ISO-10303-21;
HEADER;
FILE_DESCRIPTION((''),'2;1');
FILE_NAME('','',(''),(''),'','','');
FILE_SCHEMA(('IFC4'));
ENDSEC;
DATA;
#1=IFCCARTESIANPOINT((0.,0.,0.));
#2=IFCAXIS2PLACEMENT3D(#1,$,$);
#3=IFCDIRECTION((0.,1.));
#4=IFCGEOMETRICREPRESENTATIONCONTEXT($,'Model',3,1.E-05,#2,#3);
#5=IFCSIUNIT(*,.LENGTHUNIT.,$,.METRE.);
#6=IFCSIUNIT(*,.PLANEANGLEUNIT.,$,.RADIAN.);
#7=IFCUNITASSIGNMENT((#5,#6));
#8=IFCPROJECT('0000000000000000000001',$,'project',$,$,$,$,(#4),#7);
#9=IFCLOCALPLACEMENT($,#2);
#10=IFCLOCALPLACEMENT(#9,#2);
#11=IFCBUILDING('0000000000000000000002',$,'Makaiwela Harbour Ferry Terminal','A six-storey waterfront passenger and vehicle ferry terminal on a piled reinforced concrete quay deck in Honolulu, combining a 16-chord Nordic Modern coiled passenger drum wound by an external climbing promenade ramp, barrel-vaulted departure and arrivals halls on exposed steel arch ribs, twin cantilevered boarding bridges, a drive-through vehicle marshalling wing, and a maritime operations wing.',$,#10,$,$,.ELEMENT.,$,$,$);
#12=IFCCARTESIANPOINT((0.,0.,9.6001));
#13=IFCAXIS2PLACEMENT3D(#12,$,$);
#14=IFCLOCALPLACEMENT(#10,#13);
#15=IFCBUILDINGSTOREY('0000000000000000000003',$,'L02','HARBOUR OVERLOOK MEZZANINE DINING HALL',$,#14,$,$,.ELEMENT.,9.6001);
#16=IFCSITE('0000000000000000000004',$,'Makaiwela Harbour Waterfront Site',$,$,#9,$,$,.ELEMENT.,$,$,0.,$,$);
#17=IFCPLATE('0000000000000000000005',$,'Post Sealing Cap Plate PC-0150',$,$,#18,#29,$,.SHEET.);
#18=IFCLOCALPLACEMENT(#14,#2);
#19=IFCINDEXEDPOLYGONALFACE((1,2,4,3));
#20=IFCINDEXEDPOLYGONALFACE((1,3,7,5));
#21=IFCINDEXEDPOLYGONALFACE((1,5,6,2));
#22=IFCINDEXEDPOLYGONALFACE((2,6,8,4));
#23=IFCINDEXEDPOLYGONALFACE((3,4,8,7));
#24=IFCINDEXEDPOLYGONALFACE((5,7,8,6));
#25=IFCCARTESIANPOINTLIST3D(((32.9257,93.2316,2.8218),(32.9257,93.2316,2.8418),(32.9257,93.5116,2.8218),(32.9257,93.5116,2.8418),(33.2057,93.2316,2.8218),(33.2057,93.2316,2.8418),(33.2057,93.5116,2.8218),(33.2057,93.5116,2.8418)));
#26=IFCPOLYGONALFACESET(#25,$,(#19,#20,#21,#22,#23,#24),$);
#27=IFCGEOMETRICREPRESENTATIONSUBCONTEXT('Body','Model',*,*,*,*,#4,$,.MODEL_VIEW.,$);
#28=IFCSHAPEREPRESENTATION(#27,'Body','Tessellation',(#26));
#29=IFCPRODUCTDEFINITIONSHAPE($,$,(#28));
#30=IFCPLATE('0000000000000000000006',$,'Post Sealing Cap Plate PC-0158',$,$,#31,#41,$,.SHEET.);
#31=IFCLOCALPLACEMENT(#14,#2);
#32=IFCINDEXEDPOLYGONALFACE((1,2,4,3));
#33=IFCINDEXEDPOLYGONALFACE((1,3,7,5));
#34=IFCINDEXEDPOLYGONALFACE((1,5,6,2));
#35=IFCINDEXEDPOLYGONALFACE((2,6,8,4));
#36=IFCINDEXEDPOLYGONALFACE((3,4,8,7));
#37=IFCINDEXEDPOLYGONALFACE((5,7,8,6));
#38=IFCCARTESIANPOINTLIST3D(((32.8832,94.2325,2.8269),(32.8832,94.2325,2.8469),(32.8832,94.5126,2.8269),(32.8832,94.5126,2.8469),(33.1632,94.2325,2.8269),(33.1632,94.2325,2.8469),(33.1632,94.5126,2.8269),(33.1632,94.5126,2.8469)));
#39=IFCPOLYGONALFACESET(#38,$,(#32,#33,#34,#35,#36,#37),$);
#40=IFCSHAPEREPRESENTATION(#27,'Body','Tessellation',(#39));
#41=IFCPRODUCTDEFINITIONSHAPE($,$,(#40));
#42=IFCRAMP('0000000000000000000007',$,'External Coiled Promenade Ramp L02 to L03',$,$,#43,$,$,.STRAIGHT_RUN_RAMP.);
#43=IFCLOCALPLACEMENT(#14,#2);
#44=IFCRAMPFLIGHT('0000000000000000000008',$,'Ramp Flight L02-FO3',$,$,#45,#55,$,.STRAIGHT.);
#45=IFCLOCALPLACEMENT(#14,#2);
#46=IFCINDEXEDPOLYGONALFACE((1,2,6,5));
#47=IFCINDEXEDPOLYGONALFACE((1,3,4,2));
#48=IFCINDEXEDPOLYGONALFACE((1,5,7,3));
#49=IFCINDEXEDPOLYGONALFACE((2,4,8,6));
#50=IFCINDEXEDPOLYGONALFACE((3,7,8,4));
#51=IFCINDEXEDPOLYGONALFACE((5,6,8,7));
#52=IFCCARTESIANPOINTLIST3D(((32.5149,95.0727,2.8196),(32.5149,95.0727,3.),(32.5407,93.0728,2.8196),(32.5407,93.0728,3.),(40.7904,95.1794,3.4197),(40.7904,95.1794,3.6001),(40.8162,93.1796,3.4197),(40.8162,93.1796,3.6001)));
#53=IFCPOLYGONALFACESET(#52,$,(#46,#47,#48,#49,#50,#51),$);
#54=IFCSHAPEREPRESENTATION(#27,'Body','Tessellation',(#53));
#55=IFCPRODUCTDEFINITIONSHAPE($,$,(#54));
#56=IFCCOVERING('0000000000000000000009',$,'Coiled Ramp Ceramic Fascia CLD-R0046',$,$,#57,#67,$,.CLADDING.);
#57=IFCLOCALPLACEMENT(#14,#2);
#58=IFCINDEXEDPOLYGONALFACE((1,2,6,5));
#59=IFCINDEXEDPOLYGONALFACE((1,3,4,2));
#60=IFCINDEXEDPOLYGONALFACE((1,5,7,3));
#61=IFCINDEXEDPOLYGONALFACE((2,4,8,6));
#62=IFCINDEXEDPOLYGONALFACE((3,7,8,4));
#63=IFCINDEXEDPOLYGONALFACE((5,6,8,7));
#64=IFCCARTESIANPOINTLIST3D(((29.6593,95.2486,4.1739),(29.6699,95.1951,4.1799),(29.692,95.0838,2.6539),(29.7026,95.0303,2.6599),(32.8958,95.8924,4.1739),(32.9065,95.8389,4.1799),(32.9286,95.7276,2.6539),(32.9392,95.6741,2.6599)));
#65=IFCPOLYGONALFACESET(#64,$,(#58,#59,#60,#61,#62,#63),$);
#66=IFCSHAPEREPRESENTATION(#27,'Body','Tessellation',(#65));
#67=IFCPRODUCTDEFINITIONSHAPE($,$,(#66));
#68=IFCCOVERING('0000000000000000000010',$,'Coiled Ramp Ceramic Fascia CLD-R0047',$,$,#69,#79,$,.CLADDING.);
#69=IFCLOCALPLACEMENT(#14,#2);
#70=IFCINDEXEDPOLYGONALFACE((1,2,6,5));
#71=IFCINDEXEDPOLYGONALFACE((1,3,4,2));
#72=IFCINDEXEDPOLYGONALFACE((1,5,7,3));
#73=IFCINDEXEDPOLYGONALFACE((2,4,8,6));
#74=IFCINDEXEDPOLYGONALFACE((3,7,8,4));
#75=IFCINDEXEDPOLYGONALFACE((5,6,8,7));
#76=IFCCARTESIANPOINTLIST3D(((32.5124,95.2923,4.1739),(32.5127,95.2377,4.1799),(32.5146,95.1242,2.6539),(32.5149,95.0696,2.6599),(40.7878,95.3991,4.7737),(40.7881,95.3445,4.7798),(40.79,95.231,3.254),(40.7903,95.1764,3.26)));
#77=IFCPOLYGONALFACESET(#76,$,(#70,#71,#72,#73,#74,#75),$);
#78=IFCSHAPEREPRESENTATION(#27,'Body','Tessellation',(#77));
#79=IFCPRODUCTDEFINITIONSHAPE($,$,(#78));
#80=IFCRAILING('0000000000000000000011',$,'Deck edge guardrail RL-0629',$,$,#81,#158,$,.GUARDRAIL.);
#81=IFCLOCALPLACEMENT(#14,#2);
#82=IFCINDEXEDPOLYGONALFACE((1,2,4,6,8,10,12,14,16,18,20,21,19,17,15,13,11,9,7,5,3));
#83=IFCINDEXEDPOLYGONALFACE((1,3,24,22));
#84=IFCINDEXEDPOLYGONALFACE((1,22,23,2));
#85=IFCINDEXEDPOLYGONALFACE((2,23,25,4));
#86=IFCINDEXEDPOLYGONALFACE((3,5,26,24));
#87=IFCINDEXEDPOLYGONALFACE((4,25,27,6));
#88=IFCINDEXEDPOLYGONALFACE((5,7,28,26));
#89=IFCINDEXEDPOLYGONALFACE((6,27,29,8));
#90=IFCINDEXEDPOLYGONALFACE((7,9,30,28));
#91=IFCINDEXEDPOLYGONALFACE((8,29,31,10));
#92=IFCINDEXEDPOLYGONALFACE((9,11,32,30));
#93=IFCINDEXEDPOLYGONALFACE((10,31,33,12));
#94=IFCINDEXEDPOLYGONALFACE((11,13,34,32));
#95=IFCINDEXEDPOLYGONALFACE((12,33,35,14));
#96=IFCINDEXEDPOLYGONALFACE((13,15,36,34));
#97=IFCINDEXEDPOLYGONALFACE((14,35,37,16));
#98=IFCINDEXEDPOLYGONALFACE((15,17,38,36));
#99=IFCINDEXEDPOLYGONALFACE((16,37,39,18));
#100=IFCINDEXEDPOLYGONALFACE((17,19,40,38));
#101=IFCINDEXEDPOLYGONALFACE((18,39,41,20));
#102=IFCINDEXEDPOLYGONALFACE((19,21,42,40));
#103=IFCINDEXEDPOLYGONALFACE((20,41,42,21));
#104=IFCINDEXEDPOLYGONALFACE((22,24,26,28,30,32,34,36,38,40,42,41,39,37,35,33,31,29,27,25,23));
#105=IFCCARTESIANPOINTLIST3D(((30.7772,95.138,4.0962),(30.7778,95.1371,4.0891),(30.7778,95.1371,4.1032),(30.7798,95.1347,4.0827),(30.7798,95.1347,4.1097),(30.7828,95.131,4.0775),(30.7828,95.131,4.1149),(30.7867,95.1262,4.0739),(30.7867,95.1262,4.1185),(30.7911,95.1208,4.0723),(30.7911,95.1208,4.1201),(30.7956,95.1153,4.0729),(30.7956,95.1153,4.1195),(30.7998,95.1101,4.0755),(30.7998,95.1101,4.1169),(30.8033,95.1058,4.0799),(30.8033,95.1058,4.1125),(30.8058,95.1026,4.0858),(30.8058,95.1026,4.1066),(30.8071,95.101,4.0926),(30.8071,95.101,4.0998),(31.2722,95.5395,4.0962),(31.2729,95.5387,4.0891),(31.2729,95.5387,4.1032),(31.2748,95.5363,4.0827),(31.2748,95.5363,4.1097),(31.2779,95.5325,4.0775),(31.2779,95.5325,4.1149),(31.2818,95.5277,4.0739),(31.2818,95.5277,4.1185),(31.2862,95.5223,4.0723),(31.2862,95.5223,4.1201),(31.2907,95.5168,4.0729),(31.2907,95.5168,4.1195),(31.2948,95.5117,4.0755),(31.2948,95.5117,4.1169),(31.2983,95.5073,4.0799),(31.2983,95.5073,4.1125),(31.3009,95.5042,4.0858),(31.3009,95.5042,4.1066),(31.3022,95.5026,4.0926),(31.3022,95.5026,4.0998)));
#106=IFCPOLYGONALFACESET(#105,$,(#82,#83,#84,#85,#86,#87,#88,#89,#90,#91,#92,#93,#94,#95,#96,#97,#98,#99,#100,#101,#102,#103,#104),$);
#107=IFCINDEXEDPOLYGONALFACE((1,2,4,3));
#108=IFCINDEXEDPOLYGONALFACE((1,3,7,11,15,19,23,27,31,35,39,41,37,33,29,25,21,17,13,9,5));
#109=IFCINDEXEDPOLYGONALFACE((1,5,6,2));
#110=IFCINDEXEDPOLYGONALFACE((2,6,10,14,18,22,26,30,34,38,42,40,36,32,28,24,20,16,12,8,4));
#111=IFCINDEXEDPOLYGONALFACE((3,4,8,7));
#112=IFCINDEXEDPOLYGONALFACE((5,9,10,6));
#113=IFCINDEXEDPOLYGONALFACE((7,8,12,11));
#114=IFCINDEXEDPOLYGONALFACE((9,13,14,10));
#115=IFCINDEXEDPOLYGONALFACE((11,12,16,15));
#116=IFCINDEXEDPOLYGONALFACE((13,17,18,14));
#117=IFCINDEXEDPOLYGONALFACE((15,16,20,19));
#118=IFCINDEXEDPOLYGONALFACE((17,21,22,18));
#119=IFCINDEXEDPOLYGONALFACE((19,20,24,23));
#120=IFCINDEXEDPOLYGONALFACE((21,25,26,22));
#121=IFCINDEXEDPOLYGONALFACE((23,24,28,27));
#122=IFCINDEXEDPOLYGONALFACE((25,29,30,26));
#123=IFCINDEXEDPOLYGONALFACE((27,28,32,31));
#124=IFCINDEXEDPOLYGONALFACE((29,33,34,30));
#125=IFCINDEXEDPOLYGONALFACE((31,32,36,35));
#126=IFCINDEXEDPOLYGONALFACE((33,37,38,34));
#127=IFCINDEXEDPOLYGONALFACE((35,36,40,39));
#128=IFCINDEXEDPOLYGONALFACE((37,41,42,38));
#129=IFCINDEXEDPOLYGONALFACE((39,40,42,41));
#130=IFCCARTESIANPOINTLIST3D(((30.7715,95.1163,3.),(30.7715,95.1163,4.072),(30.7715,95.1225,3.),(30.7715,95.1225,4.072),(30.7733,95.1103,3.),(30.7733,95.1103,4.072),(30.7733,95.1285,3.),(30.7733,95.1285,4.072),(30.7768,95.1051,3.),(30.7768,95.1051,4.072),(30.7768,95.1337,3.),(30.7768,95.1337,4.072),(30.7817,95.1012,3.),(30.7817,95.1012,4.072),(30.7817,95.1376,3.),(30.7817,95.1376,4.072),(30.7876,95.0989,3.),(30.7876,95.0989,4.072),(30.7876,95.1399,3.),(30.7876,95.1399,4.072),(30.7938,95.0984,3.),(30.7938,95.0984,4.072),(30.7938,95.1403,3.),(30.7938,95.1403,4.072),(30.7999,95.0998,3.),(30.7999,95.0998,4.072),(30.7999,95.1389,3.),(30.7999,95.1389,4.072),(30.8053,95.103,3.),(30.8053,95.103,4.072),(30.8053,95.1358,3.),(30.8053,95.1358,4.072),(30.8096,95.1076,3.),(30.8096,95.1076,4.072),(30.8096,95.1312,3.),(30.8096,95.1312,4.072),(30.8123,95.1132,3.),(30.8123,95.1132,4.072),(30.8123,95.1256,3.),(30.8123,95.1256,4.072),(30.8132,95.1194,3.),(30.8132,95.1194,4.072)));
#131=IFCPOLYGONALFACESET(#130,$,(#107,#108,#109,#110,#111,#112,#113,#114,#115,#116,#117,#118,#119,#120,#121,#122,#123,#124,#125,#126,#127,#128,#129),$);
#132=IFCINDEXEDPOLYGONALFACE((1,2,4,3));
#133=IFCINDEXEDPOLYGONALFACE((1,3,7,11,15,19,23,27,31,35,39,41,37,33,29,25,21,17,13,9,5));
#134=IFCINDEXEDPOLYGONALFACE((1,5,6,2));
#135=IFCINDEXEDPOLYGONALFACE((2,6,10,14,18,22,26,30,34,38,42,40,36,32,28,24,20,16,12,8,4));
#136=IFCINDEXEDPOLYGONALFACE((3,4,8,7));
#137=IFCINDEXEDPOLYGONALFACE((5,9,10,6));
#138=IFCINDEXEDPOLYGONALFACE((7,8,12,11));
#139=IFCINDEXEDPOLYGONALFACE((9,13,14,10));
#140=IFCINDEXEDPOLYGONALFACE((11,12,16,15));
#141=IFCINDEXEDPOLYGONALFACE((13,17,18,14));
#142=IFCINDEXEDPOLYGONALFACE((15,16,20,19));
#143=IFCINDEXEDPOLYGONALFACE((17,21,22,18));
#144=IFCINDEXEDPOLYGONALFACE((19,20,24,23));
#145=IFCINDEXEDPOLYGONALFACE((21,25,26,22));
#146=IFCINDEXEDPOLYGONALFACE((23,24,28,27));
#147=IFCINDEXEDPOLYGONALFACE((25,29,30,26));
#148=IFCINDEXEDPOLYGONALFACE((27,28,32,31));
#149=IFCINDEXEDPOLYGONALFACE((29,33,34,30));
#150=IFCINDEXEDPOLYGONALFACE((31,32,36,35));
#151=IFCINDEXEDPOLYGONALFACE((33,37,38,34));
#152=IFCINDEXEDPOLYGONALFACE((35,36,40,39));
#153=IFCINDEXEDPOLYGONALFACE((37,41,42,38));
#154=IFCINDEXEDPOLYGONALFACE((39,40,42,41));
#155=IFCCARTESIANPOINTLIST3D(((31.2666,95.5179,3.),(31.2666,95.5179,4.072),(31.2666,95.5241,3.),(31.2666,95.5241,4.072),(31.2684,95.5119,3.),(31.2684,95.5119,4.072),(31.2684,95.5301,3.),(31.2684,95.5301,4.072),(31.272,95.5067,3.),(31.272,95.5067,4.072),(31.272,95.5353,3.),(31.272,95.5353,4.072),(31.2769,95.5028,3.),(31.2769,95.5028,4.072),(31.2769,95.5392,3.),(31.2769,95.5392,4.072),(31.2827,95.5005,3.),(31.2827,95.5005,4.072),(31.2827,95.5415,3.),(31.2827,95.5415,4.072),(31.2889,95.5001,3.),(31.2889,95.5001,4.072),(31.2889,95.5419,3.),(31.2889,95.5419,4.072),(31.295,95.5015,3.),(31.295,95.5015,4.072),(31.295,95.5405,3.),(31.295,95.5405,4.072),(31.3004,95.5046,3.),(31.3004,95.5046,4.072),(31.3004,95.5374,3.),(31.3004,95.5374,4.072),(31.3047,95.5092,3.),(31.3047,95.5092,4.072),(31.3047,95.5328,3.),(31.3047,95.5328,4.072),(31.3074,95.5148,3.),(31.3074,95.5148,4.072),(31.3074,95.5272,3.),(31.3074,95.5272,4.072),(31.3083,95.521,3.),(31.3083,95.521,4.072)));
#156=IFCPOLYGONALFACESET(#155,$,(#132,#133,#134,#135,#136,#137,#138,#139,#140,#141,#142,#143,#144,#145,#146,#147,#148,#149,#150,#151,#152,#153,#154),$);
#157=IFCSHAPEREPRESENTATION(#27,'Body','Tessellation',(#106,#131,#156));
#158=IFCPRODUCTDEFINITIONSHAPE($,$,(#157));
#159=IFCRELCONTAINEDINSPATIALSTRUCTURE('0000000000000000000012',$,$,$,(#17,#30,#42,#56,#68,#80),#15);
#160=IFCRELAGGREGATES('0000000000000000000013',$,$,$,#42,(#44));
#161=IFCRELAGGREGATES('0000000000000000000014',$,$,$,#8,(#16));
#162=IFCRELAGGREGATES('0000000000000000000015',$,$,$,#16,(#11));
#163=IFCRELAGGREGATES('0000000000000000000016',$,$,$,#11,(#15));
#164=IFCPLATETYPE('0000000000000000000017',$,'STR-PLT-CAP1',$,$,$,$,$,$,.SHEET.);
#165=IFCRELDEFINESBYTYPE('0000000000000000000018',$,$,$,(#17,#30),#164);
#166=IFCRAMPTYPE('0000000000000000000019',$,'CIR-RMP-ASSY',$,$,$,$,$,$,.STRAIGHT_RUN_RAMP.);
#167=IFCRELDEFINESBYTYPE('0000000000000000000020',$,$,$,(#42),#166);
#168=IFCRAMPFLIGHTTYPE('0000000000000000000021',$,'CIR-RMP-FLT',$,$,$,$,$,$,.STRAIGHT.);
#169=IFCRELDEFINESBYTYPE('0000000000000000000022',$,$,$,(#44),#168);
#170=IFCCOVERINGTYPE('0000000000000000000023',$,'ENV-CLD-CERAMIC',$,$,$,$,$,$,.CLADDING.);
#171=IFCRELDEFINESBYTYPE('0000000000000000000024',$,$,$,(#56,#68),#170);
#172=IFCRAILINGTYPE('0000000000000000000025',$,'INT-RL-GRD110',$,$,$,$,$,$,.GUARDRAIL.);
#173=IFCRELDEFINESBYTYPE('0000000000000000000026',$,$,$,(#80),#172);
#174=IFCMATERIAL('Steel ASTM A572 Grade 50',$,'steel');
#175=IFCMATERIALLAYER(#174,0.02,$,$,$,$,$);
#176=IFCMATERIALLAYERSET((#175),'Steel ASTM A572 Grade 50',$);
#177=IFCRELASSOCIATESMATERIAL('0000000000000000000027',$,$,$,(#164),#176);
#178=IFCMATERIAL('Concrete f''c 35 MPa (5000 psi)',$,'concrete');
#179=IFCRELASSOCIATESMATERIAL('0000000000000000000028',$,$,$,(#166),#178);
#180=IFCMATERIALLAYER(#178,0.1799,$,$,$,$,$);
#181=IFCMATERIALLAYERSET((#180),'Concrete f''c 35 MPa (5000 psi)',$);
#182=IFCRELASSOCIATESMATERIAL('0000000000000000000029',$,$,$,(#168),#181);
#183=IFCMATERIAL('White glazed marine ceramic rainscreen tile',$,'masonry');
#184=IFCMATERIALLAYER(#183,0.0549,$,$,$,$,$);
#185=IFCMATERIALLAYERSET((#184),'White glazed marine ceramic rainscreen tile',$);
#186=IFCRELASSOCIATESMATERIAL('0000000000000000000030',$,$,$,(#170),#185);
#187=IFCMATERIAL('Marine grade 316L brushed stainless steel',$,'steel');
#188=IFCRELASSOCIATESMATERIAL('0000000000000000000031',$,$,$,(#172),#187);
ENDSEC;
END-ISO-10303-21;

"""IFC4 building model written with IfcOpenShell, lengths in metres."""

from ifc_helpers import new_model, si_unit, direction, frame, origin, origin_2d, place, context, subcontext, project, spatial, polyline, rectangle, circle, outline, extrude, material, layer, layer_set, type_object, element, aggregate, save


model = new_model("IFC4")

# Units and contexts
model_context = context("Model", 3, precision=1e-05, world=origin(), true_north=direction((0.0, 1.0)))
body_context = subcontext(model_context, "Body", "Model", "MODEL_VIEW")
ifc_project = project(units=[si_unit("LENGTHUNIT", "METRE"), si_unit("PLANEANGLEUNIT", "RADIAN")], contexts=[model_context])

# Site, building, storey
site_placement = place(None, origin())
site = spatial("IfcSite", under=ifc_project, at=site_placement, Name="Makaiwela Harbour Waterfront Site", CompositionType="ELEMENT", RefElevation=0.0)
building_placement = place(site_placement, origin())
building = spatial("IfcBuilding", under=site, at=building_placement, Name="Makaiwela Harbour Ferry Terminal", Description="A six-storey waterfront passenger and vehicle ferry terminal on a piled reinforced concrete quay deck in Honolulu, combining a 16-chord Nordic Modern coiled passenger drum wound by an external climbing promenade ramp, barrel-vaulted departure and arrivals halls on exposed steel arch ribs, twin cantilevered boarding bridges, a drive-through vehicle marshalling wing, and a maritime operations wing.", CompositionType="ELEMENT")
storey_placement = place(building_placement, frame((0.0, 0.0, 9.6001)))
storey = spatial("IfcBuildingStorey", under=building, at=storey_placement, Name="L02", Description="HARBOUR OVERLOOK MEZZANINE DINING HALL", CompositionType="ELEMENT", Elevation=9.6001)

# Plates
ifc_material_1 = material(Name="Steel ASTM A572 Grade 50", Category="steel")
ifc_layer_1 = layer(ifc_material_1, 0.02)
ifc_layer_set_1 = layer_set([ifc_layer_1], Name="Steel ASTM A572 Grade 50")
plate_type_1 = type_object("IfcPlateType", Name="STR-PLT-CAP1", PredefinedType="SHEET", material=ifc_layer_set_1)
for number, where, z_axis, x_axis, name in (
    (1, (33.0657, 93.3716, 2.8218), (0.0, 0.0, 1.0), (1.0, 0.0, 0.0), "Post Sealing Cap Plate PC-0150"),
    (2, (33.0232, 94.3726, 2.8269), (0.0, 0.0, 1.0), (1.0, 0.0, 0.0), "Post Sealing Cap Plate PC-0158"),
):
    element("IfcPlate", number, at=place(storey_placement, frame(where, z_axis=z_axis, x_axis=x_axis)), inside=storey, type_object=plate_type_1, Name=name, PredefinedType="SHEET", context=body_context, shape_type="SweptSolid", body=[
        extrude(rectangle(XDim=0.28, YDim=0.28, at=origin_2d()), origin(), (0.0, 0.0, 1.0), 0.02),
    ])

# Ramp, ramp flight
ifc_material_2 = material(Name="Concrete f'c 35 MPa (5000 psi)", Category="concrete")
ramp_type = type_object("IfcRampType", Name="CIR-RMP-ASSY", PredefinedType="STRAIGHT_RUN_RAMP", material=ifc_material_2)
ramp_placement = place(storey_placement, origin())
ramp = element("IfcRamp", 3, at=ramp_placement, inside=storey, type_object=ramp_type, Name="External Coiled Promenade Ramp L02 to L03", PredefinedType="STRAIGHT_RUN_RAMP")
ifc_layer_2 = layer(ifc_material_2, 0.1799)
ifc_layer_set_2 = layer_set([ifc_layer_2], Name="Concrete f'c 35 MPa (5000 psi)")
ramp_flight_type = type_object("IfcRampFlightType", Name="CIR-RMP-FLT", PredefinedType="STRAIGHT", material=ifc_layer_set_2)
ramp_flight_placement = place(storey_placement, frame((32.5278, 94.0728, 3.0), z_axis=(0.0, 0.0, 1.0), x_axis=(0.999917, 0.012898, 0.0)))
ramp_flight = element("IfcRampFlight", 4, at=ramp_flight_placement, type_object=ramp_flight_type, Name="Ramp Flight L02-FO3", PredefinedType="STRAIGHT", context=body_context, shape_type="SweptSolid", body=[
    extrude(outline(polyline([(0.0, 0.0), (8.2761, 0.6001), (8.2761, 0.4197), (0.0, -0.1804), (0.0, 0.0)])), frame((0.0, 1.0, 0.0), z_axis=(0.0, -1.0, 0.0), x_axis=(1.0, 0.0, 0.0)), (0.0, 0.0, 1.0), 2.0),
])
aggregate(ramp, [ramp_flight])

# Coverings
ifc_material_3 = material(Name="White glazed marine ceramic rainscreen tile", Category="masonry")
ifc_layer_3 = layer(ifc_material_3, 0.0549)
ifc_layer_set_3 = layer_set([ifc_layer_3], Name="White glazed marine ceramic rainscreen tile")
covering_type = type_object("IfcCoveringType", Name="ENV-CLD-CERAMIC", PredefinedType="CLADDING", material=ifc_layer_set_3)
covering_1_placement = place(storey_placement, frame((32.9392, 95.6741, 2.6599), z_axis=(0.193911, -0.974848, 0.109863), x_axis=(-0.980785, -0.195092, 0.0)))
element("IfcCovering", 5, at=covering_1_placement, inside=storey, type_object=covering_type, Name="Coiled Ramp Ceramic Fascia CLD-R0046", PredefinedType="CLADDING", context=body_context, shape_type="SweptSolid", body=[
    extrude(outline(polyline([(0.0, 0.0), (3.3, 0.0), (3.2999, -1.5293), (-0.0001, -1.5293), (0.0, 0.0)])), origin(), (0.0, 0.0, -1.0), 0.0549),
])
covering_2_placement = place(storey_placement, frame((32.5149, 95.0696, 2.6599), z_axis=(0.004859, -0.993928, 0.109929), x_axis=(0.997298, 0.012874, 0.072321)))
element("IfcCovering", 6, at=covering_2_placement, inside=storey, type_object=covering_type, Name="Coiled Ramp Ceramic Fascia CLD-R0047", PredefinedType="CLADDING", context=body_context, shape_type="SweptSolid", body=[
    extrude(outline(polyline([(0.0, 0.0), (8.2978, 0.0), (8.4077, 1.5251), (0.1099, 1.5253), (0.0, 0.0)])), origin(), (0.0, 0.0, -1.0), 0.0549),
])

# Railing
ifc_material_4 = material(Name="Marine grade 316L brushed stainless steel", Category="steel")
railing_type_1 = type_object("IfcRailingType", Name="INT-RL-GRD110", PredefinedType="GUARDRAIL", material=ifc_material_4)
railing_1_placement = place(storey_placement, frame((30.7922, 95.1194, 3.0)))
element("IfcRailing", 7, at=railing_1_placement, inside=storey, type_object=railing_type_1, Name="Deck edge guardrail RL-0629", PredefinedType="GUARDRAIL", context=body_context, shape_type="SweptSolid", body=[
    extrude(circle(Radius=0.0239, at=origin_2d()), frame((0.0, 0.0, 1.0962), z_axis=(0.776629, 0.629958, 0.0), x_axis=(-0.629958, 0.776629, 0.0)), (0.0, 0.0, 1.0), 0.6375),
    extrude(circle(Radius=0.021, at=origin_2d()), origin(), (0.0, 0.0, 1.0), 1.072),
    extrude(circle(Radius=0.021, at=origin_2d()), frame((0.4951, 0.4016, 0.0)), (0.0, 0.0, 1.0), 1.072),
])

save(model, "model.ifc")
